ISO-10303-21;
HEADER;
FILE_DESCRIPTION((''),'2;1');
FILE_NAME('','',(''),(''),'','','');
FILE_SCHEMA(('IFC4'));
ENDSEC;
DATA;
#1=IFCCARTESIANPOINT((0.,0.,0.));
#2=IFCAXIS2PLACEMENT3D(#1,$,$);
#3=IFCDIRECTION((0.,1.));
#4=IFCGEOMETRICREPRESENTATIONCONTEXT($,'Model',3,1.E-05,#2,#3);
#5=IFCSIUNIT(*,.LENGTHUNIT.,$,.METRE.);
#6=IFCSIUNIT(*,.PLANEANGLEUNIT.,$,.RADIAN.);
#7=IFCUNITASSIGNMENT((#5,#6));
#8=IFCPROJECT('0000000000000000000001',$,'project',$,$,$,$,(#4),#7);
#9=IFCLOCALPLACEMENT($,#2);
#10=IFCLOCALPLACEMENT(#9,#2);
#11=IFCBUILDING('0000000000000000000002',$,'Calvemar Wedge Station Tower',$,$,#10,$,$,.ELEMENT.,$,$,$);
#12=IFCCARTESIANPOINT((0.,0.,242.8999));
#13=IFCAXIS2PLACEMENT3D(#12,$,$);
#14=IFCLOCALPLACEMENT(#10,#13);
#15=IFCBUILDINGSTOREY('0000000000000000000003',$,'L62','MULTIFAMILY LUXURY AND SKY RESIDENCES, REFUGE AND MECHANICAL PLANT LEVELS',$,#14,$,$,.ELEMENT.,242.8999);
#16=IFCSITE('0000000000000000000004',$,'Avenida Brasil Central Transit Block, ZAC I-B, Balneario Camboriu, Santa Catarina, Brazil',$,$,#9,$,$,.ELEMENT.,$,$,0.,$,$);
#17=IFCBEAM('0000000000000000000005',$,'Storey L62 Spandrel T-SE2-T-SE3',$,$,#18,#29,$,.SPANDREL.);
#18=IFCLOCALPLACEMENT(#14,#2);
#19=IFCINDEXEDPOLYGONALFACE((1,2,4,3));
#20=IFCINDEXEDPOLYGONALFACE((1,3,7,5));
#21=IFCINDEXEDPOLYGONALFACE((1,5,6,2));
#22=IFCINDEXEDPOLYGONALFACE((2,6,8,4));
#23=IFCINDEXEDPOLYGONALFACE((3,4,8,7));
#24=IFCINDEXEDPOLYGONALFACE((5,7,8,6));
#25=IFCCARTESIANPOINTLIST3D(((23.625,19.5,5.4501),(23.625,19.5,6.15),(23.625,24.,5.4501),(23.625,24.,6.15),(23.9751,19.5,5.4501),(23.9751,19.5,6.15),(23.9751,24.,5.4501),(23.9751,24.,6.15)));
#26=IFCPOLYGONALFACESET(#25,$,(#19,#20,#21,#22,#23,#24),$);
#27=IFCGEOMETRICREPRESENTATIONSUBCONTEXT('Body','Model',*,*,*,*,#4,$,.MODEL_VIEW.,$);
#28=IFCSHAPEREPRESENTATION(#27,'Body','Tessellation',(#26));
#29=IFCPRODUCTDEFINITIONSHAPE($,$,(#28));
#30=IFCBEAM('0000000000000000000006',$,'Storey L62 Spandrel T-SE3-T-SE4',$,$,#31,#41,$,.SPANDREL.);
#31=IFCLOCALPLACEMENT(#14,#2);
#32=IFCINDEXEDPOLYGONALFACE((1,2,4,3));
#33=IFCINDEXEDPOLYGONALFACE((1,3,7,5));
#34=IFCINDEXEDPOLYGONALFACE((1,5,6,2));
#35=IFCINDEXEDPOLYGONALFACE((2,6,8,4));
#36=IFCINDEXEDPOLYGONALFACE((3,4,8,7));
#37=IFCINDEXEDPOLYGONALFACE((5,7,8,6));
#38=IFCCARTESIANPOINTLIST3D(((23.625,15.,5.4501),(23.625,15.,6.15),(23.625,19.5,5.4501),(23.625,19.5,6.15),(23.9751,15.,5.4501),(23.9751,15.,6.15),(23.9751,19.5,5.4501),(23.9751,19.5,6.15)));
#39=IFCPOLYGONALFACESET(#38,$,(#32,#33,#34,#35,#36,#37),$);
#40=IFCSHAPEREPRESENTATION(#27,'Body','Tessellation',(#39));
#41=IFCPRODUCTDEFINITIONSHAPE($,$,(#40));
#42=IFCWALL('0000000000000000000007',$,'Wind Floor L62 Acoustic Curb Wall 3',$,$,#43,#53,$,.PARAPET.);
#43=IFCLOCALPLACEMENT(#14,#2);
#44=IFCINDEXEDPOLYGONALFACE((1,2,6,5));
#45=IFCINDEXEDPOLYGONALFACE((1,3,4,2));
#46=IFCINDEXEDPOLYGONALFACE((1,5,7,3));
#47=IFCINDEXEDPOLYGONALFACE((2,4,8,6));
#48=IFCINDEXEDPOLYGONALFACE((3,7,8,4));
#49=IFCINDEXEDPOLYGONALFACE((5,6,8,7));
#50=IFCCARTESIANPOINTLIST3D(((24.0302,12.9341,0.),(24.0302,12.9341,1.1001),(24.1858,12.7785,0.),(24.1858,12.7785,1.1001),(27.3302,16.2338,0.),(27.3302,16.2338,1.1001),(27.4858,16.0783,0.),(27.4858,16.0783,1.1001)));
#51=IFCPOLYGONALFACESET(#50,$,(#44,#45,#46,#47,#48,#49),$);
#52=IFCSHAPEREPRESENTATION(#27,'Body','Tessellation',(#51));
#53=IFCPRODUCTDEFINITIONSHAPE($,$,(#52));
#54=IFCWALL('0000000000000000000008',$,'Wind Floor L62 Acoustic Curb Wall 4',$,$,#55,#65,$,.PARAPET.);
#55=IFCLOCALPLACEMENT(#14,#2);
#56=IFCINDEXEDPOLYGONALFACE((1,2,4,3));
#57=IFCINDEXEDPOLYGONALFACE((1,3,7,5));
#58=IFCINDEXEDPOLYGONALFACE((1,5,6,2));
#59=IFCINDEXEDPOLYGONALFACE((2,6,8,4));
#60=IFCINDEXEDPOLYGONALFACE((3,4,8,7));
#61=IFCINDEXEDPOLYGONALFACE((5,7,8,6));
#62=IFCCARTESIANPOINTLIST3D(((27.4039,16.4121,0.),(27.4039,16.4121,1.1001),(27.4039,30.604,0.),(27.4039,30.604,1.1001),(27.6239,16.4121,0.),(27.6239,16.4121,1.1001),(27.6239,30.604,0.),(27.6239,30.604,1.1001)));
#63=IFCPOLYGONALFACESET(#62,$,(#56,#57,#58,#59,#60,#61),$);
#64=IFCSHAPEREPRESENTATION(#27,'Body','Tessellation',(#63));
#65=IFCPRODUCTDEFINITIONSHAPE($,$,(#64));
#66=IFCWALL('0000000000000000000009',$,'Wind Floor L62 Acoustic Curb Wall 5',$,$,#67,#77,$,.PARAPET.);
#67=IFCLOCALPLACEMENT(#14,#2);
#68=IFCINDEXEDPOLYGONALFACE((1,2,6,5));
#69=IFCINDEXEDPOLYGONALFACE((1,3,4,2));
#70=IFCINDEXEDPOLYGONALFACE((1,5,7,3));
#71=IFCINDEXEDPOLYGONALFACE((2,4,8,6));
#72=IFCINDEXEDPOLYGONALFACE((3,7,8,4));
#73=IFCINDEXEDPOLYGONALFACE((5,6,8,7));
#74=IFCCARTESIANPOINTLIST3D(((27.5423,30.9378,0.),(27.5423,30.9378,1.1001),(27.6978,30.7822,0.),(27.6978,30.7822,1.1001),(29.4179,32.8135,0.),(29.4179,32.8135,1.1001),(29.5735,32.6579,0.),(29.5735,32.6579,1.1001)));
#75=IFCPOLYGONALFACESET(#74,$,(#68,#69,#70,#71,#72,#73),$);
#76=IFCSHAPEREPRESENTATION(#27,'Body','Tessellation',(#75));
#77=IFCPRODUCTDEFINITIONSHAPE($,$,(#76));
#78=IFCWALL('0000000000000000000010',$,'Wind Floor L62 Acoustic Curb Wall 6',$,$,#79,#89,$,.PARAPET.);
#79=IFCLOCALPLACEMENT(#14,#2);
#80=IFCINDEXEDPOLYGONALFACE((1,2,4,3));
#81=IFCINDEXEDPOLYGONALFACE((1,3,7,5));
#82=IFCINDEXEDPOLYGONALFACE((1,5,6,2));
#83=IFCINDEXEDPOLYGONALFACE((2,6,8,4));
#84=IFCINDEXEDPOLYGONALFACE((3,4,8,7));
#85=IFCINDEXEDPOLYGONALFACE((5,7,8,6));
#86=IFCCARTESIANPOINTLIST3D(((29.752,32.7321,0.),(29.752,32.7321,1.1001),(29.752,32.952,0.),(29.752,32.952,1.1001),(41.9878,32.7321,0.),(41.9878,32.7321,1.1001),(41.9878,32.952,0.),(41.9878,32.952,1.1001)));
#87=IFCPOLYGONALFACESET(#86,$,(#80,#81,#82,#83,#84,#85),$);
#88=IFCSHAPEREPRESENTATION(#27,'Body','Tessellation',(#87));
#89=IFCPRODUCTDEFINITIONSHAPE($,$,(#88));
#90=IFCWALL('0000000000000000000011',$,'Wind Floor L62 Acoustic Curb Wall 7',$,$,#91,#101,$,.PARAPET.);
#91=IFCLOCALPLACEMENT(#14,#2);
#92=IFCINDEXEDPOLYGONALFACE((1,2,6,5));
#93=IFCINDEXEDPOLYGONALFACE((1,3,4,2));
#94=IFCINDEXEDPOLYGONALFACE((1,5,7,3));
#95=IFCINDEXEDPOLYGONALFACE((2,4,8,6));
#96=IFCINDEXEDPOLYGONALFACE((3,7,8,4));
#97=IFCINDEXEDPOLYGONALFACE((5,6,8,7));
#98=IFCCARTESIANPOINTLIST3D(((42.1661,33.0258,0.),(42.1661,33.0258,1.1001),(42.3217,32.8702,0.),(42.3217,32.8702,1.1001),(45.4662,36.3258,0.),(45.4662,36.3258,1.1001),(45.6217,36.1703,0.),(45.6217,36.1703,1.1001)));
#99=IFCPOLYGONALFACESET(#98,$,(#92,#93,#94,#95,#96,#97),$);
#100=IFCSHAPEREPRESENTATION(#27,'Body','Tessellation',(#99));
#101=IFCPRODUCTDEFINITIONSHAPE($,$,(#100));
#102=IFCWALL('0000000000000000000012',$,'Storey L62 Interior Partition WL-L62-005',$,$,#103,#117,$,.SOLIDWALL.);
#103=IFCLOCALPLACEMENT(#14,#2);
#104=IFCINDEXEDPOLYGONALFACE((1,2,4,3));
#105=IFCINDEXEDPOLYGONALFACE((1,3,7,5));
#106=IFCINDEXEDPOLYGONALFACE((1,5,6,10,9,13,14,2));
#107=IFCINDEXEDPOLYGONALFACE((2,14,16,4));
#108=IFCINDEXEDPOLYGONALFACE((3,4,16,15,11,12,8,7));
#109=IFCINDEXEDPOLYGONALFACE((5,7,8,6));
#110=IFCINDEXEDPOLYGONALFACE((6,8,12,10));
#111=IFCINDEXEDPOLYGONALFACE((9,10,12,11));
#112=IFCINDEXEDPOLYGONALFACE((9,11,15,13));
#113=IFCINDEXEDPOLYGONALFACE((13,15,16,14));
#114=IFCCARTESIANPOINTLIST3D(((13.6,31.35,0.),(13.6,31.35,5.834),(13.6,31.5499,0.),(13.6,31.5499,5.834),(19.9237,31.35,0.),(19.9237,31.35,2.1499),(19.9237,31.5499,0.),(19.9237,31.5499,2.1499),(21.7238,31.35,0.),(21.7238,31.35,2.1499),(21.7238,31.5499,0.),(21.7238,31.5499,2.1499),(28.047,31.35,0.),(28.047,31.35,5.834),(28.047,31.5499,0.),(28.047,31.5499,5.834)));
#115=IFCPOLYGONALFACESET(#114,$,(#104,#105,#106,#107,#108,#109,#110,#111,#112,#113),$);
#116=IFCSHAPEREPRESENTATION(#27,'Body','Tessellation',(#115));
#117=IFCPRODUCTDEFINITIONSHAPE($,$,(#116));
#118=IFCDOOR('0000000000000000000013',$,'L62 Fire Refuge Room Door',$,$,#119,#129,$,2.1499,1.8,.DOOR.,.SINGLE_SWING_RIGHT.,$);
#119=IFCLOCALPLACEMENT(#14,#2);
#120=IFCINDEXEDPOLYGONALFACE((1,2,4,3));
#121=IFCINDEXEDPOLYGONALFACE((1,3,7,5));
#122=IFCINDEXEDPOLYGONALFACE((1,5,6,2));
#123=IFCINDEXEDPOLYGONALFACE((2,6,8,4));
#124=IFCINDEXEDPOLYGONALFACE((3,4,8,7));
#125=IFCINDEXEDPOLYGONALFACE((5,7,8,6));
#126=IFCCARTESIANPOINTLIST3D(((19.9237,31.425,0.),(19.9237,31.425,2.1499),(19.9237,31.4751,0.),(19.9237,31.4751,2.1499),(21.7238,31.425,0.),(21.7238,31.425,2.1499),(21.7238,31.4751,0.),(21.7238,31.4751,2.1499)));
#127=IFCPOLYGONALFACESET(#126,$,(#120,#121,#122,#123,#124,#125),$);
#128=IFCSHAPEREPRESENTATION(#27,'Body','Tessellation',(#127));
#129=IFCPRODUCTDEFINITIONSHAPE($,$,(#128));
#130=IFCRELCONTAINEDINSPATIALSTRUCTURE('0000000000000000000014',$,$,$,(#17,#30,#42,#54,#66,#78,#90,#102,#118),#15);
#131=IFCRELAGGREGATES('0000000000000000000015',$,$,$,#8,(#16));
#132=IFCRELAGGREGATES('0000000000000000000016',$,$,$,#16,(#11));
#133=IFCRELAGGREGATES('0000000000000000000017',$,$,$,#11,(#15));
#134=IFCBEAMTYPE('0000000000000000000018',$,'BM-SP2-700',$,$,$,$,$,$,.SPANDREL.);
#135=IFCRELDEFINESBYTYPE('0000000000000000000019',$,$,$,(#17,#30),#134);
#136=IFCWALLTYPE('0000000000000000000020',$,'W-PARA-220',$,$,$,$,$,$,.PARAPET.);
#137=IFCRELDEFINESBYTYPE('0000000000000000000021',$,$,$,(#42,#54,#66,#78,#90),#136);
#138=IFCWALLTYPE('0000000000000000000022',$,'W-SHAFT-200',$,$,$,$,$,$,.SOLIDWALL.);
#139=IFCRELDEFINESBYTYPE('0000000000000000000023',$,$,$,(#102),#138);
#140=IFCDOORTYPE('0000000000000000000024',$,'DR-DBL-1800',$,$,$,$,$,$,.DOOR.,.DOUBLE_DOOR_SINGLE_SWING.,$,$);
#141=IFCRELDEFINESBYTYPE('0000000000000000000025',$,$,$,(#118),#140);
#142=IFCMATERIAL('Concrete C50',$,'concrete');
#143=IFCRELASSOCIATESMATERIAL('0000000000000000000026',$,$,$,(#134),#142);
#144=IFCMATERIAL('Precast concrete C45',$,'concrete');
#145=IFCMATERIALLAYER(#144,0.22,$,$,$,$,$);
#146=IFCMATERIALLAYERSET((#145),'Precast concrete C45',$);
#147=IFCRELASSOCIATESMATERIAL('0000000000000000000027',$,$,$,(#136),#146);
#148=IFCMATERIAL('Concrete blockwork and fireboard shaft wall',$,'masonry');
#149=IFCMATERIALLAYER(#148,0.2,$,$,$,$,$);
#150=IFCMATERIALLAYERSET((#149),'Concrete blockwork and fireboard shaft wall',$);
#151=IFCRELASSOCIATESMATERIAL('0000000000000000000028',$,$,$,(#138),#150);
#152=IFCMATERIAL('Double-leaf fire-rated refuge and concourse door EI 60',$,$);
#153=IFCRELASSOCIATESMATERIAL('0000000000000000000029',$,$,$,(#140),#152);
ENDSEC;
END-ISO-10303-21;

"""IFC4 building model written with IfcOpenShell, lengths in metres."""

from ifc_helpers import new_model, si_unit, direction, frame, frame_2d, origin, origin_2d, place, context, subcontext, project, spatial, rectangle, extrude, source, transform, mapped, material, layer, layer_set, material_profile, profile_set, type_object, element, fill, save


model = new_model("IFC4")

# Units and contexts
model_context = context("Model", 3, precision=1e-05, world=origin(), true_north=direction((0.0, 1.0)))
body_context = subcontext(model_context, "Body", "Model", "MODEL_VIEW")
ifc_project = project(units=[si_unit("LENGTHUNIT", "METRE"), si_unit("PLANEANGLEUNIT", "RADIAN")], contexts=[model_context])

# Site, building, storey
site_placement = place(None, origin())
site = spatial("IfcSite", under=ifc_project, at=site_placement, Name="Avenida Brasil Central Transit Block, ZAC I-B, Balneario Camboriu, Santa Catarina, Brazil", CompositionType="ELEMENT", RefElevation=0.0)
building_placement = place(site_placement, origin())
building = spatial("IfcBuilding", under=site, at=building_placement, Name="Calvemar Wedge Station Tower", CompositionType="ELEMENT")
storey_placement = place(building_placement, frame((0.0, 0.0, 242.8999)))
storey = spatial("IfcBuildingStorey", under=building, at=storey_placement, Name="L62", Description="MULTIFAMILY LUXURY AND SKY RESIDENCES, REFUGE AND MECHANICAL PLANT LEVELS", CompositionType="ELEMENT", Elevation=242.8999)

# Shared definitions
ifc_material_1 = material(Name="Concrete C50", Category="concrete")

# Beams
ifc_material_profile_1 = material_profile(ifc_material_1, rectangle(XDim=0.3501, YDim=0.7, at=origin_2d()), Name="RC350x700")
ifc_profile_set_1 = profile_set([ifc_material_profile_1], Name="Concrete C50")
beam_type_1 = type_object("IfcBeamType", Name="BM-SP2-700", PredefinedType="SPANDREL", material=ifc_profile_set_1)
shared_shape_1 = source(origin(), body_context, "Body", "SweptSolid", [
    extrude(rectangle(XDim=0.3501, YDim=0.7, at=origin_2d()), origin(), (0.0, 0.0, 1.0), 4.5),
])
for number, where, z_axis, x_axis, name in (
    (1, (23.8, 24.0, 5.8), (0.0, -1.0, 0.0), (1.0, 0.0, 0.0), "Storey L62 Spandrel T-SE2-T-SE3"),
    (2, (23.8, 19.5, 5.8), (0.0, -1.0, 0.0), (1.0, 0.0, 0.0), "Storey L62 Spandrel T-SE3-T-SE4"),
):
    element("IfcBeam", number, at=place(storey_placement, frame(where, z_axis=z_axis, x_axis=x_axis)), inside=storey, type_object=beam_type_1, Name=name, PredefinedType="SPANDREL", context=body_context, shape_type="MappedRepresentation", body=[
        mapped(shared_shape_1, transform((0.0, 0.0, 0.0), scale=1.0)),
    ])

# Walls
ifc_material_2 = material(Name="Precast concrete C45", Category="concrete")
ifc_layer_1 = layer(ifc_material_2, 0.22)
ifc_layer_set_1 = layer_set([ifc_layer_1], Name="Precast concrete C45")
wall_type_1 = type_object("IfcWallType", Name="W-PARA-220", PredefinedType="PARAPET", material=ifc_layer_set_1)
wall_1_placement = place(storey_placement, frame((24.1079, 12.8562, 0.0), z_axis=(0.0, 0.0, 1.0), x_axis=(0.707133, 0.707081, 0.0)))
element("IfcWall", 3, at=wall_1_placement, inside=storey, type_object=wall_type_1, Name="Wind Floor L62 Acoustic Curb Wall 3", PredefinedType="PARAPET", context=body_context, shape_type="SweptSolid", body=[
    extrude(rectangle(XDim=4.6667, YDim=0.22, at=frame_2d((2.3335, 0.0))), origin(), (0.0, 0.0, 1.0), 1.1001),
])
wall_2_placement = place(storey_placement, frame((27.5139, 16.4121, 0.0), z_axis=(0.0, 0.0, 1.0), x_axis=(0.0, 1.0, 0.0)))
element("IfcWall", 4, at=wall_2_placement, inside=storey, type_object=wall_type_1, Name="Wind Floor L62 Acoustic Curb Wall 4", PredefinedType="PARAPET", context=body_context, shape_type="SweptSolid", body=[
    extrude(rectangle(XDim=14.1919, YDim=0.22, at=frame_2d((7.0959, 0.0))), origin(), (0.0, 0.0, 1.0), 1.1001),
])
wall_3_placement = place(storey_placement, frame((27.6201, 30.8601, 0.0), z_axis=(0.0, 0.0, 1.0), x_axis=(0.707107, 0.707107, 0.0)))
element("IfcWall", 5, at=wall_3_placement, inside=storey, type_object=wall_type_1, Name="Wind Floor L62 Acoustic Curb Wall 5", PredefinedType="PARAPET", context=body_context, shape_type="SweptSolid", body=[
    extrude(rectangle(XDim=2.6526, YDim=0.22, at=frame_2d((1.3262, 0.0))), origin(), (0.0, 0.0, 1.0), 1.1001),
])
wall_4_placement = place(storey_placement, frame((29.752, 32.842, 0.0), z_axis=(0.0, 0.0, 1.0), x_axis=(1.0, 0.0, 0.0)))
element("IfcWall", 6, at=wall_4_placement, inside=storey, type_object=wall_type_1, Name="Wind Floor L62 Acoustic Curb Wall 6", PredefinedType="PARAPET", context=body_context, shape_type="SweptSolid", body=[
    extrude(rectangle(XDim=12.2358, YDim=0.22, at=frame_2d((6.1179, 0.0))), origin(), (0.0, 0.0, 1.0), 1.1001),
])
wall_5_placement = place(storey_placement, frame((42.2439, 32.948, 0.0), z_axis=(0.0, 0.0, 1.0), x_axis=(0.707107, 0.707107, 0.0)))
element("IfcWall", 7, at=wall_5_placement, inside=storey, type_object=wall_type_1, Name="Wind Floor L62 Acoustic Curb Wall 7", PredefinedType="PARAPET", context=body_context, shape_type="SweptSolid", body=[
    extrude(rectangle(XDim=4.667, YDim=0.22, at=frame_2d((2.3335, 0.0))), origin(), (0.0, 0.0, 1.0), 1.1001),
])

# Wall, opening, door
ifc_material_3 = material(Name="Concrete blockwork and fireboard shaft wall", Category="masonry")
ifc_layer_2 = layer(ifc_material_3, 0.2)
ifc_layer_set_2 = layer_set([ifc_layer_2], Name="Concrete blockwork and fireboard shaft wall")
wall_type_2 = type_object("IfcWallType", Name="W-SHAFT-200", PredefinedType="SOLIDWALL", material=ifc_layer_set_2)
wall_6_placement = place(storey_placement, frame((28.0471, 31.45, 0.0), z_axis=(0.0, 0.0, 1.0), x_axis=(-1.0, 0.0, 0.0)))
wall_6 = element("IfcWall", 8, at=wall_6_placement, inside=storey, type_object=wall_type_2, Name="Storey L62 Interior Partition WL-L62-005", PredefinedType="SOLIDWALL", context=body_context, shape_type="SweptSolid", body=[
    extrude(rectangle(XDim=14.447, YDim=0.2, at=frame_2d((7.2236, 0.0))), origin(), (0.0, 0.0, 1.0), 5.834),
])
shared_shape_2 = source(origin(), body_context, "Body", "SweptSolid", [
    extrude(rectangle(XDim=1.8, YDim=2.1499, at=frame_2d((0.8999, 1.075))), frame((0.0, 0.1099, 0.0), z_axis=(0.0, -1.0, 0.0), x_axis=(1.0, 0.0, 0.0)), (0.0, 0.0, 1.0), 0.22),
])
opening_placement = place(wall_6_placement, frame((6.3235, 0.0, 0.0)))
opening = element("IfcOpeningElement", 9, at=opening_placement, cuts=wall_6, PredefinedType="OPENING", context=body_context, shape_type="MappedRepresentation", body=[
    mapped(shared_shape_2, transform((0.0, 0.0, 0.0), scale=1.0)),
])
ifc_material_4 = material(Name="Double-leaf fire-rated refuge and concourse door EI 60")
door_type = type_object("IfcDoorType", Name="DR-DBL-1800", OperationType="DOUBLE_DOOR_SINGLE_SWING", PredefinedType="DOOR", material=ifc_material_4)
shared_shape_3 = source(origin(), body_context, "Body", "SweptSolid", [
    extrude(rectangle(XDim=1.8, YDim=2.1499, at=frame_2d((0.8999, 1.075))), frame((0.0, 0.0249, 0.0), z_axis=(0.0, -1.0, 0.0), x_axis=(1.0, 0.0, 0.0)), (0.0, 0.0, 1.0), 0.05),
])
door_placement = place(opening_placement, origin())
door = element("IfcDoor", 10, at=door_placement, inside=storey, type_object=door_type, Name="L62 Fire Refuge Room Door", OperationType="SINGLE_SWING_RIGHT", OverallHeight=2.1499, OverallWidth=1.8, PredefinedType="DOOR", context=body_context, shape_type="MappedRepresentation", body=[
    mapped(shared_shape_3, transform((0.0, 0.0, 0.0), scale=1.0)),
])
fill(opening, door)

save(model, "model.ifc")
